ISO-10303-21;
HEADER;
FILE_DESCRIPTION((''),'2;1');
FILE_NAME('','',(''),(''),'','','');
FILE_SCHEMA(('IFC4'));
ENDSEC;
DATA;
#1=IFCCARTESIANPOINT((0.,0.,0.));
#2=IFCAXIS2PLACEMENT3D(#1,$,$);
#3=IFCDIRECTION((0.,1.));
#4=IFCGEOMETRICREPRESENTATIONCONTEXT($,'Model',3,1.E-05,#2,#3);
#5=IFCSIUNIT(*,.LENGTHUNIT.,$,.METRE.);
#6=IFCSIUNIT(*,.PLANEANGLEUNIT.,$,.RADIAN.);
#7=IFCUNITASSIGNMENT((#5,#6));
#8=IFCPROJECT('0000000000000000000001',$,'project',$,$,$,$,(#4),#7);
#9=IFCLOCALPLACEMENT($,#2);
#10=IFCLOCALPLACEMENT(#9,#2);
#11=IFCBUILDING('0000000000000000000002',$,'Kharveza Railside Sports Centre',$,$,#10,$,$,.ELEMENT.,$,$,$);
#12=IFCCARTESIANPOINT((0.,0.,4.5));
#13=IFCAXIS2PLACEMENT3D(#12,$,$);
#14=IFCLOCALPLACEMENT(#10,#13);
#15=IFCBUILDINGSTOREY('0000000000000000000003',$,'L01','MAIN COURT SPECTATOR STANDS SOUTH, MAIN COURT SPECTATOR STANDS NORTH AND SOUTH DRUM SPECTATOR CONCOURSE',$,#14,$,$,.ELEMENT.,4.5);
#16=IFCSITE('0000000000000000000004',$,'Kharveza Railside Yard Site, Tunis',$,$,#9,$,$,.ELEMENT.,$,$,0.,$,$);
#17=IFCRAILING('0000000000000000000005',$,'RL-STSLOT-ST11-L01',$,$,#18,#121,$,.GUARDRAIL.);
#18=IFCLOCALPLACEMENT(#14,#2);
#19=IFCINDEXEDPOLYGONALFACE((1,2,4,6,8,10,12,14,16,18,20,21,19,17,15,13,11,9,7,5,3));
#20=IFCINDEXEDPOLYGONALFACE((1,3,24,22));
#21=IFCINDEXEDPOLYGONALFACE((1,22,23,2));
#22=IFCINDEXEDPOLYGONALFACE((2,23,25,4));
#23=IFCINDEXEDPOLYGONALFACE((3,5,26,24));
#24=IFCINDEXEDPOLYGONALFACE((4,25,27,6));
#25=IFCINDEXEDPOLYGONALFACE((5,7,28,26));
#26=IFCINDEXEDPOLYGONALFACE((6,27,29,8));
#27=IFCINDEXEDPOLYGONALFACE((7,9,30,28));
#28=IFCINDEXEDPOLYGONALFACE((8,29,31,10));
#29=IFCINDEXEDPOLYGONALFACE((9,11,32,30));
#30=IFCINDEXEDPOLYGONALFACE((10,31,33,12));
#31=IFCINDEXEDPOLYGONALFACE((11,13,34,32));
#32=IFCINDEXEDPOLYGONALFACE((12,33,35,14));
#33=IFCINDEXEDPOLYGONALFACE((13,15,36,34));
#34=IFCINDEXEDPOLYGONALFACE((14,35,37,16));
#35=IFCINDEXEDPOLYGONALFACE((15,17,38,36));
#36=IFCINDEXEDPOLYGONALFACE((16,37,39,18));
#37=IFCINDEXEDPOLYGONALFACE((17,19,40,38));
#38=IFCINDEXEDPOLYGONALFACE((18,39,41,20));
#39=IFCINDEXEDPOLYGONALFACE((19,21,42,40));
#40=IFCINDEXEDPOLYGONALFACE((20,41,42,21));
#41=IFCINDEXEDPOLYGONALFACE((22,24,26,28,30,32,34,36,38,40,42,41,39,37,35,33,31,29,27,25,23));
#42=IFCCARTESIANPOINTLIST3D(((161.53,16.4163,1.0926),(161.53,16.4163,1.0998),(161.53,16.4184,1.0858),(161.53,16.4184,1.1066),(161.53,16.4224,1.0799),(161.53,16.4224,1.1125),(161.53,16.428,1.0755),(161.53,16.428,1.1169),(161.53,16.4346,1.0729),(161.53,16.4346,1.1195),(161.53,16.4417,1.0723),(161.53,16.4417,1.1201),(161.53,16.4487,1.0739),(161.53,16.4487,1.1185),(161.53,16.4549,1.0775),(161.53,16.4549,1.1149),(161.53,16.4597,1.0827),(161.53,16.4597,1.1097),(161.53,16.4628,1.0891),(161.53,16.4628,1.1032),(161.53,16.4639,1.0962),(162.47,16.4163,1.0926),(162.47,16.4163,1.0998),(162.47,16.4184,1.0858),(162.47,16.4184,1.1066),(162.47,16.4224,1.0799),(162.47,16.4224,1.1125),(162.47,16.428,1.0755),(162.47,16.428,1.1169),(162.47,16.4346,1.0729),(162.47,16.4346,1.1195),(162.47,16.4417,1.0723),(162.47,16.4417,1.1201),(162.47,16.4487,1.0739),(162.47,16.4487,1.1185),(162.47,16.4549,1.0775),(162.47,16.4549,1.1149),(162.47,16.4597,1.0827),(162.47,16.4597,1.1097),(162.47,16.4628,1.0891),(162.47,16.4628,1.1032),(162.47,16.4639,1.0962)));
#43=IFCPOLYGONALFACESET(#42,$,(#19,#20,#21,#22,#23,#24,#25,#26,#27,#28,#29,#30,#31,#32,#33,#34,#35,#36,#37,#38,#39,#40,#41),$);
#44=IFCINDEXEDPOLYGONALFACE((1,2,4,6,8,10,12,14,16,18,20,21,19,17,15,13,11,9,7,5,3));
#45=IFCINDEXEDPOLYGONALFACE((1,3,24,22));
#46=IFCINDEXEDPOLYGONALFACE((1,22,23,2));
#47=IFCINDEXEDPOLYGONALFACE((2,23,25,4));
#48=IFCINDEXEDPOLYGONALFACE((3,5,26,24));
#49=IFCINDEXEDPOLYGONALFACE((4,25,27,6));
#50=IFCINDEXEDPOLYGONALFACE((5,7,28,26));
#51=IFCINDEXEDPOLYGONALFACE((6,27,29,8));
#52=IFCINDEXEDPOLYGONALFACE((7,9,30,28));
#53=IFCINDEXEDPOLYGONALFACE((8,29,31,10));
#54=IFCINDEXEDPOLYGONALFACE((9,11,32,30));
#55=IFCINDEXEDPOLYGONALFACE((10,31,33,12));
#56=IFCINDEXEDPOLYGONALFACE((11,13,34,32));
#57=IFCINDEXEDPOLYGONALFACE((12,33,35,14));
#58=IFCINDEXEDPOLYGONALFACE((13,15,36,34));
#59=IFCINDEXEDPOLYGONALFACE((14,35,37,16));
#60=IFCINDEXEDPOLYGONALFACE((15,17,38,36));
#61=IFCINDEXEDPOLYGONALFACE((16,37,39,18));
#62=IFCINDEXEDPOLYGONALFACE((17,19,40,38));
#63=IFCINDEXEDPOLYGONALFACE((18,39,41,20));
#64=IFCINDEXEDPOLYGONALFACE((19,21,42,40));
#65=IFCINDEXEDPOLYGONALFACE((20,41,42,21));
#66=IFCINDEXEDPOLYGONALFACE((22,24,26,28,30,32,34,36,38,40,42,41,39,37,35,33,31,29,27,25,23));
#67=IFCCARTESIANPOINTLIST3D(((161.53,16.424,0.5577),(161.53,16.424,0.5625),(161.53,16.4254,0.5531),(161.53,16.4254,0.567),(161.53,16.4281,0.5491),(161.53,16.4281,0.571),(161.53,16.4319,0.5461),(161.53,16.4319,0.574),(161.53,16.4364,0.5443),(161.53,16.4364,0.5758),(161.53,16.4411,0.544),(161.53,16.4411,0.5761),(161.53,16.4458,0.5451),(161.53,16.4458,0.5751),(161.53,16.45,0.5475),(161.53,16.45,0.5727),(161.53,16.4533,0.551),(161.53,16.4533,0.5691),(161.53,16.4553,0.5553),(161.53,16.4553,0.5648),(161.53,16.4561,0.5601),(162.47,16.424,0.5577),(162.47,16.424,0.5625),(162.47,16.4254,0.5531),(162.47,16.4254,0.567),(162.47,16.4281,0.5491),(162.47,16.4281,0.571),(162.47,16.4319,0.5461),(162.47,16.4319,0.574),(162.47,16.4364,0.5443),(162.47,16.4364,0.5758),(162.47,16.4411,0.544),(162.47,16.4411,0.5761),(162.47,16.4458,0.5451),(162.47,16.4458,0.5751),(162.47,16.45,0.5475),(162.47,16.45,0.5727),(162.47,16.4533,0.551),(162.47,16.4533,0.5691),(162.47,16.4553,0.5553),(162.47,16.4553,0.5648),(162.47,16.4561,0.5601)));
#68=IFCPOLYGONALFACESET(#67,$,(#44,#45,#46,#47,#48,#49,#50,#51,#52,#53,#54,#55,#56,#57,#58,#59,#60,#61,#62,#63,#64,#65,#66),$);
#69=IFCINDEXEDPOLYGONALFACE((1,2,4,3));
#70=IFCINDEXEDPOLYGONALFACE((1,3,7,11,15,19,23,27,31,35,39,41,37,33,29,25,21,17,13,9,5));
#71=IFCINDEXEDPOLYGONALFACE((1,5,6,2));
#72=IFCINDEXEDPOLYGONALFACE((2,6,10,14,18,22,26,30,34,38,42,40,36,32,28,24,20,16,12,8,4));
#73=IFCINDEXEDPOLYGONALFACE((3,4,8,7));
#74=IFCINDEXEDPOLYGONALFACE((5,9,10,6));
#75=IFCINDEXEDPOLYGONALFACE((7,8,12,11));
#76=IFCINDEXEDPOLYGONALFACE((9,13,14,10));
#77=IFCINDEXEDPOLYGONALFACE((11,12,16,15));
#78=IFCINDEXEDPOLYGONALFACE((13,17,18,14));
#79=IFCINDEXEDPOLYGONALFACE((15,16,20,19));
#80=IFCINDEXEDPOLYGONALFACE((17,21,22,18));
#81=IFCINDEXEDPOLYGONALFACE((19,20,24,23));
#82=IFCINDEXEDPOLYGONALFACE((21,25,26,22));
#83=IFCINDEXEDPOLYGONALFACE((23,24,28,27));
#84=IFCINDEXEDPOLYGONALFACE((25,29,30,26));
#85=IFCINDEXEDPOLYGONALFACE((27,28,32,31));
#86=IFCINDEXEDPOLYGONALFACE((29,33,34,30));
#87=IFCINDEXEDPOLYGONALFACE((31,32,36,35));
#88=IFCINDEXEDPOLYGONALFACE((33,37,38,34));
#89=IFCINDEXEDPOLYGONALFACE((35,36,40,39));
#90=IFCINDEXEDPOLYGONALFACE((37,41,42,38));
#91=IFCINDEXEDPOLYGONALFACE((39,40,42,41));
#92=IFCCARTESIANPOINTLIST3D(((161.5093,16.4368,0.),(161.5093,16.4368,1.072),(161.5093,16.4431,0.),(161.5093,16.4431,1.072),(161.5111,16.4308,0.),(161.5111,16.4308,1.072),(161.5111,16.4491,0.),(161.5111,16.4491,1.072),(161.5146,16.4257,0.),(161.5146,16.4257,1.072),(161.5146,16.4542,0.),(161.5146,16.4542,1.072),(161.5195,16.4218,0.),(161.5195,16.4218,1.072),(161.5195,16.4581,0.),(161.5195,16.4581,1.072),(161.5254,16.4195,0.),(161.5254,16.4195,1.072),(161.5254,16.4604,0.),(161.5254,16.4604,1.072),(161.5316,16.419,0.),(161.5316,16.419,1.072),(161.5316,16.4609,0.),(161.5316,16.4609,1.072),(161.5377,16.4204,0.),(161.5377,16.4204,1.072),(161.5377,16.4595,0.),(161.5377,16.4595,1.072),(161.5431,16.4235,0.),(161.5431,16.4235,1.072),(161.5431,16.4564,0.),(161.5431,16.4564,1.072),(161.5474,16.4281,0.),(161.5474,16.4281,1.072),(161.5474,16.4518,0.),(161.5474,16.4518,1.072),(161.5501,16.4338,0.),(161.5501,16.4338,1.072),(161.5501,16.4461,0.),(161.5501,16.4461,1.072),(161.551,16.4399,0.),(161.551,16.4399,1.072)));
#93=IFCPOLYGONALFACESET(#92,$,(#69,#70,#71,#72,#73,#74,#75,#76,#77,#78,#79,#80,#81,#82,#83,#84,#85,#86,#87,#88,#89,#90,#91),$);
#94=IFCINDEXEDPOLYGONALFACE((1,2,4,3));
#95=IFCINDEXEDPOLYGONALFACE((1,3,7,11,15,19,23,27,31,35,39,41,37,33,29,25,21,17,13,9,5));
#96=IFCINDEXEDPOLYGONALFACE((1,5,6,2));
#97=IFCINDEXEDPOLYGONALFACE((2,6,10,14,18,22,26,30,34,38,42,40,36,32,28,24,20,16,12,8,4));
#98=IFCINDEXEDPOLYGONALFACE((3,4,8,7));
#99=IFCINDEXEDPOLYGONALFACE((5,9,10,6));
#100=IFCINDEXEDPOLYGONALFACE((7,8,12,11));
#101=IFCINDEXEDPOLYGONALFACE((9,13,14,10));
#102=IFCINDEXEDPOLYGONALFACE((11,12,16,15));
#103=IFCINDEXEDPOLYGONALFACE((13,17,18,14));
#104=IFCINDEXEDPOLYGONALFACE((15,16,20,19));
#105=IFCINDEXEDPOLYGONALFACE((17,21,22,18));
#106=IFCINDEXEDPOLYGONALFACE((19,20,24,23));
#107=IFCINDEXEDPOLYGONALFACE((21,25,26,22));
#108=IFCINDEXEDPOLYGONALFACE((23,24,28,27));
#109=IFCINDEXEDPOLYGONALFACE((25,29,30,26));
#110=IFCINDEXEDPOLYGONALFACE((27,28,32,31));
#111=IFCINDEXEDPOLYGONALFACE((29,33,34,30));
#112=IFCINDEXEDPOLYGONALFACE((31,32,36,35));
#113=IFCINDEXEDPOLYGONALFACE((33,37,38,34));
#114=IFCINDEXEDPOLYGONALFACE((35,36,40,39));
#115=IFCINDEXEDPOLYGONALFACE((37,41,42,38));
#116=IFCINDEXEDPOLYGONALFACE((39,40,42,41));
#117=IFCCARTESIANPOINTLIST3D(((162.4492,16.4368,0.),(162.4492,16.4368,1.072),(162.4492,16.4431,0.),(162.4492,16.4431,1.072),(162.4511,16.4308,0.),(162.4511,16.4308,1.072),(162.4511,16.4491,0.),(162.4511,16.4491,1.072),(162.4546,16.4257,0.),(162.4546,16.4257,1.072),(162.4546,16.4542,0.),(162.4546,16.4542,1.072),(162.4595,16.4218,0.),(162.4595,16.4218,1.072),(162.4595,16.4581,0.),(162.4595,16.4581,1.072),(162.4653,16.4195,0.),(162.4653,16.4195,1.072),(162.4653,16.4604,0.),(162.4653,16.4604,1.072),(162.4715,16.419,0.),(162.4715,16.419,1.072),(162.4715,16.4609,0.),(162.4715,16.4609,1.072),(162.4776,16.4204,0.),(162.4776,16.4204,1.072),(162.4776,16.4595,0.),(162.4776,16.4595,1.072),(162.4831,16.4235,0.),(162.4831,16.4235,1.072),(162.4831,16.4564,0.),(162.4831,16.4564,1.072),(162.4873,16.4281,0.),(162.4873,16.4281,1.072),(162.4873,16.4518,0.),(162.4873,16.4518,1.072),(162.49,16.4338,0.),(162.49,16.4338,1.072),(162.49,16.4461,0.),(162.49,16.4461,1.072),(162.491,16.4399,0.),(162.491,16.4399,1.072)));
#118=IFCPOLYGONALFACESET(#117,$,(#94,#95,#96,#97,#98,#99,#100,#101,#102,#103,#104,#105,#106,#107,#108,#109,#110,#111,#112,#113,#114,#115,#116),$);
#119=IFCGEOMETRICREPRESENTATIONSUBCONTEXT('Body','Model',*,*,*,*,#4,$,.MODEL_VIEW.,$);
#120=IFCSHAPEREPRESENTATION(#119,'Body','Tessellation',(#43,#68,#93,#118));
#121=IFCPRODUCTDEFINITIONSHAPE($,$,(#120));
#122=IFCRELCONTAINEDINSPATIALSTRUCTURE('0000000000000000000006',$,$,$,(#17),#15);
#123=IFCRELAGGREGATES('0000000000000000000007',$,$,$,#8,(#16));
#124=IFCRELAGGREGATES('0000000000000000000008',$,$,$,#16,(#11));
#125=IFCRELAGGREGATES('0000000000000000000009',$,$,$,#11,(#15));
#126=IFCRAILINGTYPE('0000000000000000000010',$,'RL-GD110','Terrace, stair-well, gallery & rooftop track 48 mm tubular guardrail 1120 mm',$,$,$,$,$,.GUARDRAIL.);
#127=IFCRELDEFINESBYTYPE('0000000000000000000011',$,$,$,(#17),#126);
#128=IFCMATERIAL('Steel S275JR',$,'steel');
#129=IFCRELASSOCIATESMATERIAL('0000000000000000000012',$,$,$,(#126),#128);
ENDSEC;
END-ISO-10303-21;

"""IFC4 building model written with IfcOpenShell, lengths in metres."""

from ifc_helpers import new_model, si_unit, direction, frame, origin, origin_2d, place, context, subcontext, project, spatial, circle, extrude, material, type_object, element, save


model = new_model("IFC4")

# Units and contexts
model_context = context("Model", 3, precision=1e-05, world=origin(), true_north=direction((0.0, 1.0)))
body_context = subcontext(model_context, "Body", "Model", "MODEL_VIEW")
ifc_project = project(units=[si_unit("LENGTHUNIT", "METRE"), si_unit("PLANEANGLEUNIT", "RADIAN")], contexts=[model_context])

# Site, building, storey
site_placement = place(None, origin())
site = spatial("IfcSite", under=ifc_project, at=site_placement, Name="Kharveza Railside Yard Site, Tunis", CompositionType="ELEMENT", RefElevation=0.0)
building_placement = place(site_placement, origin())
building = spatial("IfcBuilding", under=site, at=building_placement, Name="Kharveza Railside Sports Centre", CompositionType="ELEMENT")
storey_placement = place(building_placement, frame((0.0, 0.0, 4.5)))
storey = spatial("IfcBuildingStorey", under=building, at=storey_placement, Name="L01", Description="MAIN COURT SPECTATOR STANDS SOUTH, MAIN COURT SPECTATOR STANDS NORTH AND SOUTH DRUM SPECTATOR CONCOURSE", CompositionType="ELEMENT", Elevation=4.5)

# Railing
ifc_material_1 = material(Name="Steel S275JR", Category="steel")
railing_type_1 = type_object("IfcRailingType", Name="RL-GD110", Description="Terrace, stair-well, gallery & rooftop track 48 mm tubular guardrail 1120 mm", PredefinedType="GUARDRAIL", material=ifc_material_1)
railing_1_placement = place(storey_placement, frame((161.53, 16.4399, 0.0)))
element("IfcRailing", 1, at=railing_1_placement, inside=storey, type_object=railing_type_1, Name="RL-STSLOT-ST11-L01", PredefinedType="GUARDRAIL", context=body_context, shape_type="SweptSolid", body=[
    extrude(circle(Radius=0.0239, at=origin_2d()), frame((0.0, 0.0, 1.0962), z_axis=(1.0, 0.0, 0.0), x_axis=(0.0, 1.0, 0.0)), (0.0, 0.0, 1.0), 0.9399),
    extrude(circle(Radius=0.0161, at=origin_2d()), frame((0.0, 0.0, 0.5601), z_axis=(1.0, 0.0, 0.0), x_axis=(0.0, 1.0, 0.0)), (0.0, 0.0, 1.0), 0.9399),
    extrude(circle(Radius=0.021, at=origin_2d()), origin(), (0.0, 0.0, 1.0), 1.072),
    extrude(circle(Radius=0.021, at=origin_2d()), frame((0.9399, 0.0, 0.0)), (0.0, 0.0, 1.0), 1.072),
])

save(model, "model.ifc")
